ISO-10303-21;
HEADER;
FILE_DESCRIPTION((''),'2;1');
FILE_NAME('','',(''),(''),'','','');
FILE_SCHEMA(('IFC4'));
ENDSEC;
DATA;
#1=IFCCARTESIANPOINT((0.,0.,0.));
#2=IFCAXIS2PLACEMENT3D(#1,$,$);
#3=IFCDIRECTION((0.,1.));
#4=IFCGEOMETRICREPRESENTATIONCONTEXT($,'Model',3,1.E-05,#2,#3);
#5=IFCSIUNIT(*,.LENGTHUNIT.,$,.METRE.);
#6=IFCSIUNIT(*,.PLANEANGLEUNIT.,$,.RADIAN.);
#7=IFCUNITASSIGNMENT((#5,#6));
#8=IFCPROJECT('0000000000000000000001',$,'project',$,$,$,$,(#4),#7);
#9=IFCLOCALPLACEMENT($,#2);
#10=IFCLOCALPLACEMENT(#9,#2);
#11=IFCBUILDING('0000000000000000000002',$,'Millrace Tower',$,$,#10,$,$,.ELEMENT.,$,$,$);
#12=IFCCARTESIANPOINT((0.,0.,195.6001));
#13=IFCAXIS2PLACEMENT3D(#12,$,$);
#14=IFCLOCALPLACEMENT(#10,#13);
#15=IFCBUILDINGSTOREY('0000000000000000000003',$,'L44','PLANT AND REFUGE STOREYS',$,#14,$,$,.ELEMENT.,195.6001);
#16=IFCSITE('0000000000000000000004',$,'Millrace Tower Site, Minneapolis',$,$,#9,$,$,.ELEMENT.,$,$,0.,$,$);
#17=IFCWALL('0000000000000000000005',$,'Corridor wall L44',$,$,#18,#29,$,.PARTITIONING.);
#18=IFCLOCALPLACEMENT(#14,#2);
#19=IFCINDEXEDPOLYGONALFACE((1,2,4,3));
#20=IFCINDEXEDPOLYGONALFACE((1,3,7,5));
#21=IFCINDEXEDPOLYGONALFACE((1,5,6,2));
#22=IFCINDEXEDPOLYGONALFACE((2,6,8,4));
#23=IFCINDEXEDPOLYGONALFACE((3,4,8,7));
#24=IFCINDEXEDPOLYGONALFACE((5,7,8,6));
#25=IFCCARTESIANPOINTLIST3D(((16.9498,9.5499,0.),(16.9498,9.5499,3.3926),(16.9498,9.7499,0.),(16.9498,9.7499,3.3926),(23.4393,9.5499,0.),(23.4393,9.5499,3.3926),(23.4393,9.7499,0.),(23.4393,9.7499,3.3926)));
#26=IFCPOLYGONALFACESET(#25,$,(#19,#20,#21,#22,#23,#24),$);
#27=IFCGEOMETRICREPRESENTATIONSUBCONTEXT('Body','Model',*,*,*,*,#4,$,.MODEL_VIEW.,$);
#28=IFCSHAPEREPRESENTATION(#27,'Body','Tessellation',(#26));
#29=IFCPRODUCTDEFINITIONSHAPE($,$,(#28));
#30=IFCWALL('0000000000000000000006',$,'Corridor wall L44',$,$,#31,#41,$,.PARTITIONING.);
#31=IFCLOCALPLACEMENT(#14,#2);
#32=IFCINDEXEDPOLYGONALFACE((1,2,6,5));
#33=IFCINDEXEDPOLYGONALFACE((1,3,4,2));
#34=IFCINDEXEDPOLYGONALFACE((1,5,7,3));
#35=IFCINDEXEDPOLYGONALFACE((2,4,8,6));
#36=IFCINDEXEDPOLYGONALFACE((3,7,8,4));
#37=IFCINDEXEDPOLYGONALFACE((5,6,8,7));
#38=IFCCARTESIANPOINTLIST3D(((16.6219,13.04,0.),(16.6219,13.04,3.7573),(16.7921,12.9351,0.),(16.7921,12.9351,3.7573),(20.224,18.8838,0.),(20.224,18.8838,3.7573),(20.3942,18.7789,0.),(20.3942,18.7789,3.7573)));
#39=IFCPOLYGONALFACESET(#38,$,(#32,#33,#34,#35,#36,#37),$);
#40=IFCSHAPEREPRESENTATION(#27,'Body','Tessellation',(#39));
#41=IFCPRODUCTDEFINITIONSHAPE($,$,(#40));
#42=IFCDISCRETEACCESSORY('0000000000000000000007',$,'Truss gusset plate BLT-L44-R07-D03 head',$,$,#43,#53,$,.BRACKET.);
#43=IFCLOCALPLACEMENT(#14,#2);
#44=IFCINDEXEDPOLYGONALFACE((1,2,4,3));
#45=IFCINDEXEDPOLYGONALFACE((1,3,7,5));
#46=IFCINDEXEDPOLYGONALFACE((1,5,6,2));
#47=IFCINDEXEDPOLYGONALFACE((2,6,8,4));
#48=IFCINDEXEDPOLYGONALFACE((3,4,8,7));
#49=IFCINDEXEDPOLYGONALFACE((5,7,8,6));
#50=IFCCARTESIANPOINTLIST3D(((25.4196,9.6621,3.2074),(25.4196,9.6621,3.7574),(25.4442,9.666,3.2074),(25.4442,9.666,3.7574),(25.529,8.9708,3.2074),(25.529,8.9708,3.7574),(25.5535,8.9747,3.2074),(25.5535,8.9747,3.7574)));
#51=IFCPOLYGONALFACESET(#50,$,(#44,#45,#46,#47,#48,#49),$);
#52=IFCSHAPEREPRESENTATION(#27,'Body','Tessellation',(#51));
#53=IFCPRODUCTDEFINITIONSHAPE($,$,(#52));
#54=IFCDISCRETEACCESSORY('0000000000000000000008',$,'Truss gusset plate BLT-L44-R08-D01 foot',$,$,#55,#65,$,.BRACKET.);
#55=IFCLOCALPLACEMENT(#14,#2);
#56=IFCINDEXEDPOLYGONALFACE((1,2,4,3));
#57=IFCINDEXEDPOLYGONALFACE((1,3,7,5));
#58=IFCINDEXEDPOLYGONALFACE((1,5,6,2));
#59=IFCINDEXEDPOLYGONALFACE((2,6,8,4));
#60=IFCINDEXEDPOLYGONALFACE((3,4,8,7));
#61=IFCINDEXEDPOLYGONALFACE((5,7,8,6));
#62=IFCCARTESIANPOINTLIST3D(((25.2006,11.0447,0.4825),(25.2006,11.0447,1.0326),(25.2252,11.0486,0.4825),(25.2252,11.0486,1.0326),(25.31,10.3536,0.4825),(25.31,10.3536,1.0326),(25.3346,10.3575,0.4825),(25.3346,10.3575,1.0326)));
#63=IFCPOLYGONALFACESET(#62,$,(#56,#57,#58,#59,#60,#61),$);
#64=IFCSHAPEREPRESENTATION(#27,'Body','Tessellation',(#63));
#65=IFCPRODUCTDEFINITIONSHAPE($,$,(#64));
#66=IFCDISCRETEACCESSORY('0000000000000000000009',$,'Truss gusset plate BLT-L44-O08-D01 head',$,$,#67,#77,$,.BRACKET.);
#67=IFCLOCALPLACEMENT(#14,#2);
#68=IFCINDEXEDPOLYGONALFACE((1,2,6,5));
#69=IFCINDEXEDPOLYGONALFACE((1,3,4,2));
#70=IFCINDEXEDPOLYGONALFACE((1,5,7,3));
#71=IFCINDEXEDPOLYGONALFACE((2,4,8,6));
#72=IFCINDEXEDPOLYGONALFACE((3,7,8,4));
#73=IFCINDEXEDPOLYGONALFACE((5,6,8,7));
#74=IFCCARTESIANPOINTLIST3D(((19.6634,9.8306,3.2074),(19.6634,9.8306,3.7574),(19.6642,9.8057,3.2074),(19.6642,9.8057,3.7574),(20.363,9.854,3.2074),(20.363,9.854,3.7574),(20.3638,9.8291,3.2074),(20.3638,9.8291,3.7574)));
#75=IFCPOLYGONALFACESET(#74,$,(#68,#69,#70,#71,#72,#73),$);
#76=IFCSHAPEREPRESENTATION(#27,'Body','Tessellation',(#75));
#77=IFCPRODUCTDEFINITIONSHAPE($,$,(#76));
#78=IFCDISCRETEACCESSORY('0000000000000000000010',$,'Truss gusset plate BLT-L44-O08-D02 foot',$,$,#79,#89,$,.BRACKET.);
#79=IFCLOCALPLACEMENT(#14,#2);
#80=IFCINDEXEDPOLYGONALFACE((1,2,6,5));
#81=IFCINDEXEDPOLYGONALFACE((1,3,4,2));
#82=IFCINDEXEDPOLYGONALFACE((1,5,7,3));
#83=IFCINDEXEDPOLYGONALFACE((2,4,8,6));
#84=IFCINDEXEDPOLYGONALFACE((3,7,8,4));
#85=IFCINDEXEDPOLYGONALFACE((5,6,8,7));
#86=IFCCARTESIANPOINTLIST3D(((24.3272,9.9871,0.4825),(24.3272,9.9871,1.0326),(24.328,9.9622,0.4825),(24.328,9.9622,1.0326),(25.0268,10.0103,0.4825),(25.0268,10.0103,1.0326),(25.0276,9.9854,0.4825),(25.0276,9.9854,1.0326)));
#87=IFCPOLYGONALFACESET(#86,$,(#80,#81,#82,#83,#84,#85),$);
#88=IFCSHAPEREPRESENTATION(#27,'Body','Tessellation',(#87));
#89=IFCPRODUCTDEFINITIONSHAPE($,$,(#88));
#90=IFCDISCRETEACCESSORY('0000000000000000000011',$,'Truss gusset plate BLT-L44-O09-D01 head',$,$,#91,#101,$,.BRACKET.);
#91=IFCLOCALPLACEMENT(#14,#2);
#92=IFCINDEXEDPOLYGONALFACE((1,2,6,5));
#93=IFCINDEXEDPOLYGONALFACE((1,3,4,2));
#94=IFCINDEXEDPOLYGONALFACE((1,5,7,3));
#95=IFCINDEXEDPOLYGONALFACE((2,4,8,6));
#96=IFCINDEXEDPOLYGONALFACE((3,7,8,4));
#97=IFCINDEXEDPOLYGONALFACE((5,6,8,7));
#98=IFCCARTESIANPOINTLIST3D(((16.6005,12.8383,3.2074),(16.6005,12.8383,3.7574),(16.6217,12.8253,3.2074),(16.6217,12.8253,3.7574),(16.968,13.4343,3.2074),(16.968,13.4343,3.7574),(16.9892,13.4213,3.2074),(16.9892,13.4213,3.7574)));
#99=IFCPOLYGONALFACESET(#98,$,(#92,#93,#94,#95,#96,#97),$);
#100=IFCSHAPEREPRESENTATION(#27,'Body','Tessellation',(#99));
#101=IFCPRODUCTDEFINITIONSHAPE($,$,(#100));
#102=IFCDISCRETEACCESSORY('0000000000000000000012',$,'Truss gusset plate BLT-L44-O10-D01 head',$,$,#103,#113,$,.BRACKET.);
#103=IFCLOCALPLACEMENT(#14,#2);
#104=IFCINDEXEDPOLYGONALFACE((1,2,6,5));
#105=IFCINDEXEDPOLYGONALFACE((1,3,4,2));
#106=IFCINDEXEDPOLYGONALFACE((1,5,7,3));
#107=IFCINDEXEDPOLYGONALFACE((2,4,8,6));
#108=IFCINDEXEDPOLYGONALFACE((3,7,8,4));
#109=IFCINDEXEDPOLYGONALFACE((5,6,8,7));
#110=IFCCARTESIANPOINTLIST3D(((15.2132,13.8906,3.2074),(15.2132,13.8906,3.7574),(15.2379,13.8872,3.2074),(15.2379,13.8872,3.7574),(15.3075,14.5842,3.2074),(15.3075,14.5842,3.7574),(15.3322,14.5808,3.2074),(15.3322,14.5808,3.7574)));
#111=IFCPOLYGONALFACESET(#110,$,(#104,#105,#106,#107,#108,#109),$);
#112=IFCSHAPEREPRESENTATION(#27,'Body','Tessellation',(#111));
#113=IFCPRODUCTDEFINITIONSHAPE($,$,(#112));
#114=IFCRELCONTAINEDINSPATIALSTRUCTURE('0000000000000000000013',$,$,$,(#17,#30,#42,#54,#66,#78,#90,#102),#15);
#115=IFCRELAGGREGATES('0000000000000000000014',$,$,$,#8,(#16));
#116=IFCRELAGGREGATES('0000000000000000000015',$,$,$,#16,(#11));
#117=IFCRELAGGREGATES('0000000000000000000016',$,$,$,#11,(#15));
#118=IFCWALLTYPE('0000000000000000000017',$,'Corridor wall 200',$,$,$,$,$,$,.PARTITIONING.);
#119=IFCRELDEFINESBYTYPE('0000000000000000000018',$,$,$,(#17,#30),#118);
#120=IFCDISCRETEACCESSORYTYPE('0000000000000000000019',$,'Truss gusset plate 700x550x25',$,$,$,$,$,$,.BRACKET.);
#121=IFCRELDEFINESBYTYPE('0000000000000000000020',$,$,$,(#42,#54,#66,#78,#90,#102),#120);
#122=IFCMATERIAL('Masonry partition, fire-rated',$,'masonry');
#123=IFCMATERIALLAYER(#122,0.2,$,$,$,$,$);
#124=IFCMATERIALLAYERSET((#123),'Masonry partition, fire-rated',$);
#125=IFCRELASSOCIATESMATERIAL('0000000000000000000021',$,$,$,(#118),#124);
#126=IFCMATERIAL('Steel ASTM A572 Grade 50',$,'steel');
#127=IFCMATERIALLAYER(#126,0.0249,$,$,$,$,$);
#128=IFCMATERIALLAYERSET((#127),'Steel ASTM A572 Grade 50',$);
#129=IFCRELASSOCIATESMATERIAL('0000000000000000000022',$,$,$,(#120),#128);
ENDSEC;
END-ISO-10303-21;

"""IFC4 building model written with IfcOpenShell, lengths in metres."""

from ifc_helpers import new_model, si_unit, direction, frame, frame_2d, origin, origin_2d, place, context, subcontext, project, spatial, rectangle, extrude, material, layer, layer_set, type_object, element, save


model = new_model("IFC4")

# Units and contexts
model_context = context("Model", 3, precision=1e-05, world=origin(), true_north=direction((0.0, 1.0)))
body_context = subcontext(model_context, "Body", "Model", "MODEL_VIEW")
ifc_project = project(units=[si_unit("LENGTHUNIT", "METRE"), si_unit("PLANEANGLEUNIT", "RADIAN")], contexts=[model_context])

# Site, building, storey
site_placement = place(None, origin())
site = spatial("IfcSite", under=ifc_project, at=site_placement, Name="Millrace Tower Site, Minneapolis", CompositionType="ELEMENT", RefElevation=0.0)
building_placement = place(site_placement, origin())
building = spatial("IfcBuilding", under=site, at=building_placement, Name="Millrace Tower", CompositionType="ELEMENT")
storey_placement = place(building_placement, frame((0.0, 0.0, 195.6001)))
storey = spatial("IfcBuildingStorey", under=building, at=storey_placement, Name="L44", Description="PLANT AND REFUGE STOREYS", CompositionType="ELEMENT", Elevation=195.6001)

# Walls
ifc_material_1 = material(Name="Masonry partition, fire-rated", Category="masonry")
ifc_layer_1 = layer(ifc_material_1, 0.2)
ifc_layer_set_1 = layer_set([ifc_layer_1], Name="Masonry partition, fire-rated")
wall_type = type_object("IfcWallType", Name="Corridor wall 200", PredefinedType="PARTITIONING", material=ifc_layer_set_1)
wall_1_placement = place(storey_placement, frame((16.95, 9.6499, 0.0), z_axis=(0.0, 0.0, 1.0), x_axis=(1.0, 0.0, 0.0)))
element("IfcWall", 1, at=wall_1_placement, inside=storey, type_object=wall_type, Name="Corridor wall L44", PredefinedType="PARTITIONING", context=body_context, shape_type="SweptSolid", body=[
    extrude(rectangle(XDim=6.4895, YDim=0.2, at=frame_2d((3.2446, 0.0))), origin(), (0.0, 0.0, 1.0), 3.3926),
])
wall_2_placement = place(storey_placement, frame((16.707, 12.9875, 0.0), z_axis=(0.0, 0.0, 1.0), x_axis=(0.52472, 0.851275, 0.0)))
element("IfcWall", 2, at=wall_2_placement, inside=storey, type_object=wall_type, Name="Corridor wall L44", PredefinedType="PARTITIONING", context=body_context, shape_type="SweptSolid", body=[
    extrude(rectangle(XDim=6.8647, YDim=0.2, at=frame_2d((3.4324, 0.0))), origin(), (0.0, 0.0, 1.0), 3.7573),
])

# Discrete accessories
ifc_material_2 = material(Name="Steel ASTM A572 Grade 50", Category="steel")
ifc_layer_2 = layer(ifc_material_2, 0.0249)
ifc_layer_set_2 = layer_set([ifc_layer_2], Name="Steel ASTM A572 Grade 50")
discrete_accessory_type = type_object("IfcDiscreteAccessoryType", Name="Truss gusset plate 700x550x25", PredefinedType="BRACKET", material=ifc_layer_set_2)
discrete_accessory_1_placement = place(storey_placement, frame((25.4319, 9.6641, 3.4824), z_axis=(0.156249, -0.987718, 0.0), x_axis=(0.987718, 0.156249, 0.0)))
element("IfcDiscreteAccessory", 3, at=discrete_accessory_1_placement, inside=storey, type_object=discrete_accessory_type, Name="Truss gusset plate BLT-L44-R07-D03 head", PredefinedType="BRACKET", context=body_context, shape_type="SweptSolid", body=[
    extrude(rectangle(XDim=0.0249, YDim=0.55, at=origin_2d()), origin(), (0.0, 0.0, 1.0), 0.7),
])
discrete_accessory_2_placement = place(storey_placement, frame((25.2129, 11.0466, 0.7576), z_axis=(0.156303, -0.987709, 0.0), x_axis=(0.987709, 0.156303, 0.0)))
element("IfcDiscreteAccessory", 4, at=discrete_accessory_2_placement, inside=storey, type_object=discrete_accessory_type, Name="Truss gusset plate BLT-L44-R08-D01 foot", PredefinedType="BRACKET", context=body_context, shape_type="SweptSolid", body=[
    extrude(rectangle(XDim=0.0249, YDim=0.55, at=origin_2d()), origin(), (0.0, 0.0, 1.0), 0.6997),
])
for number, where, z_axis, x_axis, name in (
    (5, (19.6638, 9.8181, 3.4824), (0.999439, 0.033489, 0.0), (-0.033489, 0.999439, 0.0), "Truss gusset plate BLT-L44-O08-D01 head"),
    (6, (24.3276, 9.9746, 0.7576), (0.999451, 0.033141, 0.0), (-0.033141, 0.999451, 0.0), "Truss gusset plate BLT-L44-O08-D02 foot"),
):
    element("IfcDiscreteAccessory", number, at=place(storey_placement, frame(where, z_axis=z_axis, x_axis=x_axis)), inside=storey, type_object=discrete_accessory_type, Name=name, PredefinedType="BRACKET", context=body_context, shape_type="SweptSolid", body=[
        extrude(rectangle(XDim=0.0249, YDim=0.55, at=origin_2d()), origin(), (0.0, 0.0, 1.0), 0.7),
    ])
discrete_accessory_3_placement = place(storey_placement, frame((16.6111, 12.8318, 3.4824), z_axis=(0.524817, 0.851215, 0.0), x_axis=(-0.851215, 0.524817, 0.0)))
element("IfcDiscreteAccessory", 7, at=discrete_accessory_3_placement, inside=storey, type_object=discrete_accessory_type, Name="Truss gusset plate BLT-L44-O09-D01 head", PredefinedType="BRACKET", context=body_context, shape_type="SweptSolid", body=[
    extrude(rectangle(XDim=0.0249, YDim=0.55, at=origin_2d()), origin(), (0.0, 0.0, 1.0), 0.7002),
])
discrete_accessory_4_placement = place(storey_placement, frame((15.2256, 13.8889, 3.4824), z_axis=(0.134631, 0.990896, 0.0), x_axis=(-0.990896, 0.134631, 0.0)))
element("IfcDiscreteAccessory", 8, at=discrete_accessory_4_placement, inside=storey, type_object=discrete_accessory_type, Name="Truss gusset plate BLT-L44-O10-D01 head", PredefinedType="BRACKET", context=body_context, shape_type="SweptSolid", body=[
    extrude(rectangle(XDim=0.0249, YDim=0.55, at=origin_2d()), origin(), (0.0, 0.0, 1.0), 0.7),
])

save(model, "model.ifc")
